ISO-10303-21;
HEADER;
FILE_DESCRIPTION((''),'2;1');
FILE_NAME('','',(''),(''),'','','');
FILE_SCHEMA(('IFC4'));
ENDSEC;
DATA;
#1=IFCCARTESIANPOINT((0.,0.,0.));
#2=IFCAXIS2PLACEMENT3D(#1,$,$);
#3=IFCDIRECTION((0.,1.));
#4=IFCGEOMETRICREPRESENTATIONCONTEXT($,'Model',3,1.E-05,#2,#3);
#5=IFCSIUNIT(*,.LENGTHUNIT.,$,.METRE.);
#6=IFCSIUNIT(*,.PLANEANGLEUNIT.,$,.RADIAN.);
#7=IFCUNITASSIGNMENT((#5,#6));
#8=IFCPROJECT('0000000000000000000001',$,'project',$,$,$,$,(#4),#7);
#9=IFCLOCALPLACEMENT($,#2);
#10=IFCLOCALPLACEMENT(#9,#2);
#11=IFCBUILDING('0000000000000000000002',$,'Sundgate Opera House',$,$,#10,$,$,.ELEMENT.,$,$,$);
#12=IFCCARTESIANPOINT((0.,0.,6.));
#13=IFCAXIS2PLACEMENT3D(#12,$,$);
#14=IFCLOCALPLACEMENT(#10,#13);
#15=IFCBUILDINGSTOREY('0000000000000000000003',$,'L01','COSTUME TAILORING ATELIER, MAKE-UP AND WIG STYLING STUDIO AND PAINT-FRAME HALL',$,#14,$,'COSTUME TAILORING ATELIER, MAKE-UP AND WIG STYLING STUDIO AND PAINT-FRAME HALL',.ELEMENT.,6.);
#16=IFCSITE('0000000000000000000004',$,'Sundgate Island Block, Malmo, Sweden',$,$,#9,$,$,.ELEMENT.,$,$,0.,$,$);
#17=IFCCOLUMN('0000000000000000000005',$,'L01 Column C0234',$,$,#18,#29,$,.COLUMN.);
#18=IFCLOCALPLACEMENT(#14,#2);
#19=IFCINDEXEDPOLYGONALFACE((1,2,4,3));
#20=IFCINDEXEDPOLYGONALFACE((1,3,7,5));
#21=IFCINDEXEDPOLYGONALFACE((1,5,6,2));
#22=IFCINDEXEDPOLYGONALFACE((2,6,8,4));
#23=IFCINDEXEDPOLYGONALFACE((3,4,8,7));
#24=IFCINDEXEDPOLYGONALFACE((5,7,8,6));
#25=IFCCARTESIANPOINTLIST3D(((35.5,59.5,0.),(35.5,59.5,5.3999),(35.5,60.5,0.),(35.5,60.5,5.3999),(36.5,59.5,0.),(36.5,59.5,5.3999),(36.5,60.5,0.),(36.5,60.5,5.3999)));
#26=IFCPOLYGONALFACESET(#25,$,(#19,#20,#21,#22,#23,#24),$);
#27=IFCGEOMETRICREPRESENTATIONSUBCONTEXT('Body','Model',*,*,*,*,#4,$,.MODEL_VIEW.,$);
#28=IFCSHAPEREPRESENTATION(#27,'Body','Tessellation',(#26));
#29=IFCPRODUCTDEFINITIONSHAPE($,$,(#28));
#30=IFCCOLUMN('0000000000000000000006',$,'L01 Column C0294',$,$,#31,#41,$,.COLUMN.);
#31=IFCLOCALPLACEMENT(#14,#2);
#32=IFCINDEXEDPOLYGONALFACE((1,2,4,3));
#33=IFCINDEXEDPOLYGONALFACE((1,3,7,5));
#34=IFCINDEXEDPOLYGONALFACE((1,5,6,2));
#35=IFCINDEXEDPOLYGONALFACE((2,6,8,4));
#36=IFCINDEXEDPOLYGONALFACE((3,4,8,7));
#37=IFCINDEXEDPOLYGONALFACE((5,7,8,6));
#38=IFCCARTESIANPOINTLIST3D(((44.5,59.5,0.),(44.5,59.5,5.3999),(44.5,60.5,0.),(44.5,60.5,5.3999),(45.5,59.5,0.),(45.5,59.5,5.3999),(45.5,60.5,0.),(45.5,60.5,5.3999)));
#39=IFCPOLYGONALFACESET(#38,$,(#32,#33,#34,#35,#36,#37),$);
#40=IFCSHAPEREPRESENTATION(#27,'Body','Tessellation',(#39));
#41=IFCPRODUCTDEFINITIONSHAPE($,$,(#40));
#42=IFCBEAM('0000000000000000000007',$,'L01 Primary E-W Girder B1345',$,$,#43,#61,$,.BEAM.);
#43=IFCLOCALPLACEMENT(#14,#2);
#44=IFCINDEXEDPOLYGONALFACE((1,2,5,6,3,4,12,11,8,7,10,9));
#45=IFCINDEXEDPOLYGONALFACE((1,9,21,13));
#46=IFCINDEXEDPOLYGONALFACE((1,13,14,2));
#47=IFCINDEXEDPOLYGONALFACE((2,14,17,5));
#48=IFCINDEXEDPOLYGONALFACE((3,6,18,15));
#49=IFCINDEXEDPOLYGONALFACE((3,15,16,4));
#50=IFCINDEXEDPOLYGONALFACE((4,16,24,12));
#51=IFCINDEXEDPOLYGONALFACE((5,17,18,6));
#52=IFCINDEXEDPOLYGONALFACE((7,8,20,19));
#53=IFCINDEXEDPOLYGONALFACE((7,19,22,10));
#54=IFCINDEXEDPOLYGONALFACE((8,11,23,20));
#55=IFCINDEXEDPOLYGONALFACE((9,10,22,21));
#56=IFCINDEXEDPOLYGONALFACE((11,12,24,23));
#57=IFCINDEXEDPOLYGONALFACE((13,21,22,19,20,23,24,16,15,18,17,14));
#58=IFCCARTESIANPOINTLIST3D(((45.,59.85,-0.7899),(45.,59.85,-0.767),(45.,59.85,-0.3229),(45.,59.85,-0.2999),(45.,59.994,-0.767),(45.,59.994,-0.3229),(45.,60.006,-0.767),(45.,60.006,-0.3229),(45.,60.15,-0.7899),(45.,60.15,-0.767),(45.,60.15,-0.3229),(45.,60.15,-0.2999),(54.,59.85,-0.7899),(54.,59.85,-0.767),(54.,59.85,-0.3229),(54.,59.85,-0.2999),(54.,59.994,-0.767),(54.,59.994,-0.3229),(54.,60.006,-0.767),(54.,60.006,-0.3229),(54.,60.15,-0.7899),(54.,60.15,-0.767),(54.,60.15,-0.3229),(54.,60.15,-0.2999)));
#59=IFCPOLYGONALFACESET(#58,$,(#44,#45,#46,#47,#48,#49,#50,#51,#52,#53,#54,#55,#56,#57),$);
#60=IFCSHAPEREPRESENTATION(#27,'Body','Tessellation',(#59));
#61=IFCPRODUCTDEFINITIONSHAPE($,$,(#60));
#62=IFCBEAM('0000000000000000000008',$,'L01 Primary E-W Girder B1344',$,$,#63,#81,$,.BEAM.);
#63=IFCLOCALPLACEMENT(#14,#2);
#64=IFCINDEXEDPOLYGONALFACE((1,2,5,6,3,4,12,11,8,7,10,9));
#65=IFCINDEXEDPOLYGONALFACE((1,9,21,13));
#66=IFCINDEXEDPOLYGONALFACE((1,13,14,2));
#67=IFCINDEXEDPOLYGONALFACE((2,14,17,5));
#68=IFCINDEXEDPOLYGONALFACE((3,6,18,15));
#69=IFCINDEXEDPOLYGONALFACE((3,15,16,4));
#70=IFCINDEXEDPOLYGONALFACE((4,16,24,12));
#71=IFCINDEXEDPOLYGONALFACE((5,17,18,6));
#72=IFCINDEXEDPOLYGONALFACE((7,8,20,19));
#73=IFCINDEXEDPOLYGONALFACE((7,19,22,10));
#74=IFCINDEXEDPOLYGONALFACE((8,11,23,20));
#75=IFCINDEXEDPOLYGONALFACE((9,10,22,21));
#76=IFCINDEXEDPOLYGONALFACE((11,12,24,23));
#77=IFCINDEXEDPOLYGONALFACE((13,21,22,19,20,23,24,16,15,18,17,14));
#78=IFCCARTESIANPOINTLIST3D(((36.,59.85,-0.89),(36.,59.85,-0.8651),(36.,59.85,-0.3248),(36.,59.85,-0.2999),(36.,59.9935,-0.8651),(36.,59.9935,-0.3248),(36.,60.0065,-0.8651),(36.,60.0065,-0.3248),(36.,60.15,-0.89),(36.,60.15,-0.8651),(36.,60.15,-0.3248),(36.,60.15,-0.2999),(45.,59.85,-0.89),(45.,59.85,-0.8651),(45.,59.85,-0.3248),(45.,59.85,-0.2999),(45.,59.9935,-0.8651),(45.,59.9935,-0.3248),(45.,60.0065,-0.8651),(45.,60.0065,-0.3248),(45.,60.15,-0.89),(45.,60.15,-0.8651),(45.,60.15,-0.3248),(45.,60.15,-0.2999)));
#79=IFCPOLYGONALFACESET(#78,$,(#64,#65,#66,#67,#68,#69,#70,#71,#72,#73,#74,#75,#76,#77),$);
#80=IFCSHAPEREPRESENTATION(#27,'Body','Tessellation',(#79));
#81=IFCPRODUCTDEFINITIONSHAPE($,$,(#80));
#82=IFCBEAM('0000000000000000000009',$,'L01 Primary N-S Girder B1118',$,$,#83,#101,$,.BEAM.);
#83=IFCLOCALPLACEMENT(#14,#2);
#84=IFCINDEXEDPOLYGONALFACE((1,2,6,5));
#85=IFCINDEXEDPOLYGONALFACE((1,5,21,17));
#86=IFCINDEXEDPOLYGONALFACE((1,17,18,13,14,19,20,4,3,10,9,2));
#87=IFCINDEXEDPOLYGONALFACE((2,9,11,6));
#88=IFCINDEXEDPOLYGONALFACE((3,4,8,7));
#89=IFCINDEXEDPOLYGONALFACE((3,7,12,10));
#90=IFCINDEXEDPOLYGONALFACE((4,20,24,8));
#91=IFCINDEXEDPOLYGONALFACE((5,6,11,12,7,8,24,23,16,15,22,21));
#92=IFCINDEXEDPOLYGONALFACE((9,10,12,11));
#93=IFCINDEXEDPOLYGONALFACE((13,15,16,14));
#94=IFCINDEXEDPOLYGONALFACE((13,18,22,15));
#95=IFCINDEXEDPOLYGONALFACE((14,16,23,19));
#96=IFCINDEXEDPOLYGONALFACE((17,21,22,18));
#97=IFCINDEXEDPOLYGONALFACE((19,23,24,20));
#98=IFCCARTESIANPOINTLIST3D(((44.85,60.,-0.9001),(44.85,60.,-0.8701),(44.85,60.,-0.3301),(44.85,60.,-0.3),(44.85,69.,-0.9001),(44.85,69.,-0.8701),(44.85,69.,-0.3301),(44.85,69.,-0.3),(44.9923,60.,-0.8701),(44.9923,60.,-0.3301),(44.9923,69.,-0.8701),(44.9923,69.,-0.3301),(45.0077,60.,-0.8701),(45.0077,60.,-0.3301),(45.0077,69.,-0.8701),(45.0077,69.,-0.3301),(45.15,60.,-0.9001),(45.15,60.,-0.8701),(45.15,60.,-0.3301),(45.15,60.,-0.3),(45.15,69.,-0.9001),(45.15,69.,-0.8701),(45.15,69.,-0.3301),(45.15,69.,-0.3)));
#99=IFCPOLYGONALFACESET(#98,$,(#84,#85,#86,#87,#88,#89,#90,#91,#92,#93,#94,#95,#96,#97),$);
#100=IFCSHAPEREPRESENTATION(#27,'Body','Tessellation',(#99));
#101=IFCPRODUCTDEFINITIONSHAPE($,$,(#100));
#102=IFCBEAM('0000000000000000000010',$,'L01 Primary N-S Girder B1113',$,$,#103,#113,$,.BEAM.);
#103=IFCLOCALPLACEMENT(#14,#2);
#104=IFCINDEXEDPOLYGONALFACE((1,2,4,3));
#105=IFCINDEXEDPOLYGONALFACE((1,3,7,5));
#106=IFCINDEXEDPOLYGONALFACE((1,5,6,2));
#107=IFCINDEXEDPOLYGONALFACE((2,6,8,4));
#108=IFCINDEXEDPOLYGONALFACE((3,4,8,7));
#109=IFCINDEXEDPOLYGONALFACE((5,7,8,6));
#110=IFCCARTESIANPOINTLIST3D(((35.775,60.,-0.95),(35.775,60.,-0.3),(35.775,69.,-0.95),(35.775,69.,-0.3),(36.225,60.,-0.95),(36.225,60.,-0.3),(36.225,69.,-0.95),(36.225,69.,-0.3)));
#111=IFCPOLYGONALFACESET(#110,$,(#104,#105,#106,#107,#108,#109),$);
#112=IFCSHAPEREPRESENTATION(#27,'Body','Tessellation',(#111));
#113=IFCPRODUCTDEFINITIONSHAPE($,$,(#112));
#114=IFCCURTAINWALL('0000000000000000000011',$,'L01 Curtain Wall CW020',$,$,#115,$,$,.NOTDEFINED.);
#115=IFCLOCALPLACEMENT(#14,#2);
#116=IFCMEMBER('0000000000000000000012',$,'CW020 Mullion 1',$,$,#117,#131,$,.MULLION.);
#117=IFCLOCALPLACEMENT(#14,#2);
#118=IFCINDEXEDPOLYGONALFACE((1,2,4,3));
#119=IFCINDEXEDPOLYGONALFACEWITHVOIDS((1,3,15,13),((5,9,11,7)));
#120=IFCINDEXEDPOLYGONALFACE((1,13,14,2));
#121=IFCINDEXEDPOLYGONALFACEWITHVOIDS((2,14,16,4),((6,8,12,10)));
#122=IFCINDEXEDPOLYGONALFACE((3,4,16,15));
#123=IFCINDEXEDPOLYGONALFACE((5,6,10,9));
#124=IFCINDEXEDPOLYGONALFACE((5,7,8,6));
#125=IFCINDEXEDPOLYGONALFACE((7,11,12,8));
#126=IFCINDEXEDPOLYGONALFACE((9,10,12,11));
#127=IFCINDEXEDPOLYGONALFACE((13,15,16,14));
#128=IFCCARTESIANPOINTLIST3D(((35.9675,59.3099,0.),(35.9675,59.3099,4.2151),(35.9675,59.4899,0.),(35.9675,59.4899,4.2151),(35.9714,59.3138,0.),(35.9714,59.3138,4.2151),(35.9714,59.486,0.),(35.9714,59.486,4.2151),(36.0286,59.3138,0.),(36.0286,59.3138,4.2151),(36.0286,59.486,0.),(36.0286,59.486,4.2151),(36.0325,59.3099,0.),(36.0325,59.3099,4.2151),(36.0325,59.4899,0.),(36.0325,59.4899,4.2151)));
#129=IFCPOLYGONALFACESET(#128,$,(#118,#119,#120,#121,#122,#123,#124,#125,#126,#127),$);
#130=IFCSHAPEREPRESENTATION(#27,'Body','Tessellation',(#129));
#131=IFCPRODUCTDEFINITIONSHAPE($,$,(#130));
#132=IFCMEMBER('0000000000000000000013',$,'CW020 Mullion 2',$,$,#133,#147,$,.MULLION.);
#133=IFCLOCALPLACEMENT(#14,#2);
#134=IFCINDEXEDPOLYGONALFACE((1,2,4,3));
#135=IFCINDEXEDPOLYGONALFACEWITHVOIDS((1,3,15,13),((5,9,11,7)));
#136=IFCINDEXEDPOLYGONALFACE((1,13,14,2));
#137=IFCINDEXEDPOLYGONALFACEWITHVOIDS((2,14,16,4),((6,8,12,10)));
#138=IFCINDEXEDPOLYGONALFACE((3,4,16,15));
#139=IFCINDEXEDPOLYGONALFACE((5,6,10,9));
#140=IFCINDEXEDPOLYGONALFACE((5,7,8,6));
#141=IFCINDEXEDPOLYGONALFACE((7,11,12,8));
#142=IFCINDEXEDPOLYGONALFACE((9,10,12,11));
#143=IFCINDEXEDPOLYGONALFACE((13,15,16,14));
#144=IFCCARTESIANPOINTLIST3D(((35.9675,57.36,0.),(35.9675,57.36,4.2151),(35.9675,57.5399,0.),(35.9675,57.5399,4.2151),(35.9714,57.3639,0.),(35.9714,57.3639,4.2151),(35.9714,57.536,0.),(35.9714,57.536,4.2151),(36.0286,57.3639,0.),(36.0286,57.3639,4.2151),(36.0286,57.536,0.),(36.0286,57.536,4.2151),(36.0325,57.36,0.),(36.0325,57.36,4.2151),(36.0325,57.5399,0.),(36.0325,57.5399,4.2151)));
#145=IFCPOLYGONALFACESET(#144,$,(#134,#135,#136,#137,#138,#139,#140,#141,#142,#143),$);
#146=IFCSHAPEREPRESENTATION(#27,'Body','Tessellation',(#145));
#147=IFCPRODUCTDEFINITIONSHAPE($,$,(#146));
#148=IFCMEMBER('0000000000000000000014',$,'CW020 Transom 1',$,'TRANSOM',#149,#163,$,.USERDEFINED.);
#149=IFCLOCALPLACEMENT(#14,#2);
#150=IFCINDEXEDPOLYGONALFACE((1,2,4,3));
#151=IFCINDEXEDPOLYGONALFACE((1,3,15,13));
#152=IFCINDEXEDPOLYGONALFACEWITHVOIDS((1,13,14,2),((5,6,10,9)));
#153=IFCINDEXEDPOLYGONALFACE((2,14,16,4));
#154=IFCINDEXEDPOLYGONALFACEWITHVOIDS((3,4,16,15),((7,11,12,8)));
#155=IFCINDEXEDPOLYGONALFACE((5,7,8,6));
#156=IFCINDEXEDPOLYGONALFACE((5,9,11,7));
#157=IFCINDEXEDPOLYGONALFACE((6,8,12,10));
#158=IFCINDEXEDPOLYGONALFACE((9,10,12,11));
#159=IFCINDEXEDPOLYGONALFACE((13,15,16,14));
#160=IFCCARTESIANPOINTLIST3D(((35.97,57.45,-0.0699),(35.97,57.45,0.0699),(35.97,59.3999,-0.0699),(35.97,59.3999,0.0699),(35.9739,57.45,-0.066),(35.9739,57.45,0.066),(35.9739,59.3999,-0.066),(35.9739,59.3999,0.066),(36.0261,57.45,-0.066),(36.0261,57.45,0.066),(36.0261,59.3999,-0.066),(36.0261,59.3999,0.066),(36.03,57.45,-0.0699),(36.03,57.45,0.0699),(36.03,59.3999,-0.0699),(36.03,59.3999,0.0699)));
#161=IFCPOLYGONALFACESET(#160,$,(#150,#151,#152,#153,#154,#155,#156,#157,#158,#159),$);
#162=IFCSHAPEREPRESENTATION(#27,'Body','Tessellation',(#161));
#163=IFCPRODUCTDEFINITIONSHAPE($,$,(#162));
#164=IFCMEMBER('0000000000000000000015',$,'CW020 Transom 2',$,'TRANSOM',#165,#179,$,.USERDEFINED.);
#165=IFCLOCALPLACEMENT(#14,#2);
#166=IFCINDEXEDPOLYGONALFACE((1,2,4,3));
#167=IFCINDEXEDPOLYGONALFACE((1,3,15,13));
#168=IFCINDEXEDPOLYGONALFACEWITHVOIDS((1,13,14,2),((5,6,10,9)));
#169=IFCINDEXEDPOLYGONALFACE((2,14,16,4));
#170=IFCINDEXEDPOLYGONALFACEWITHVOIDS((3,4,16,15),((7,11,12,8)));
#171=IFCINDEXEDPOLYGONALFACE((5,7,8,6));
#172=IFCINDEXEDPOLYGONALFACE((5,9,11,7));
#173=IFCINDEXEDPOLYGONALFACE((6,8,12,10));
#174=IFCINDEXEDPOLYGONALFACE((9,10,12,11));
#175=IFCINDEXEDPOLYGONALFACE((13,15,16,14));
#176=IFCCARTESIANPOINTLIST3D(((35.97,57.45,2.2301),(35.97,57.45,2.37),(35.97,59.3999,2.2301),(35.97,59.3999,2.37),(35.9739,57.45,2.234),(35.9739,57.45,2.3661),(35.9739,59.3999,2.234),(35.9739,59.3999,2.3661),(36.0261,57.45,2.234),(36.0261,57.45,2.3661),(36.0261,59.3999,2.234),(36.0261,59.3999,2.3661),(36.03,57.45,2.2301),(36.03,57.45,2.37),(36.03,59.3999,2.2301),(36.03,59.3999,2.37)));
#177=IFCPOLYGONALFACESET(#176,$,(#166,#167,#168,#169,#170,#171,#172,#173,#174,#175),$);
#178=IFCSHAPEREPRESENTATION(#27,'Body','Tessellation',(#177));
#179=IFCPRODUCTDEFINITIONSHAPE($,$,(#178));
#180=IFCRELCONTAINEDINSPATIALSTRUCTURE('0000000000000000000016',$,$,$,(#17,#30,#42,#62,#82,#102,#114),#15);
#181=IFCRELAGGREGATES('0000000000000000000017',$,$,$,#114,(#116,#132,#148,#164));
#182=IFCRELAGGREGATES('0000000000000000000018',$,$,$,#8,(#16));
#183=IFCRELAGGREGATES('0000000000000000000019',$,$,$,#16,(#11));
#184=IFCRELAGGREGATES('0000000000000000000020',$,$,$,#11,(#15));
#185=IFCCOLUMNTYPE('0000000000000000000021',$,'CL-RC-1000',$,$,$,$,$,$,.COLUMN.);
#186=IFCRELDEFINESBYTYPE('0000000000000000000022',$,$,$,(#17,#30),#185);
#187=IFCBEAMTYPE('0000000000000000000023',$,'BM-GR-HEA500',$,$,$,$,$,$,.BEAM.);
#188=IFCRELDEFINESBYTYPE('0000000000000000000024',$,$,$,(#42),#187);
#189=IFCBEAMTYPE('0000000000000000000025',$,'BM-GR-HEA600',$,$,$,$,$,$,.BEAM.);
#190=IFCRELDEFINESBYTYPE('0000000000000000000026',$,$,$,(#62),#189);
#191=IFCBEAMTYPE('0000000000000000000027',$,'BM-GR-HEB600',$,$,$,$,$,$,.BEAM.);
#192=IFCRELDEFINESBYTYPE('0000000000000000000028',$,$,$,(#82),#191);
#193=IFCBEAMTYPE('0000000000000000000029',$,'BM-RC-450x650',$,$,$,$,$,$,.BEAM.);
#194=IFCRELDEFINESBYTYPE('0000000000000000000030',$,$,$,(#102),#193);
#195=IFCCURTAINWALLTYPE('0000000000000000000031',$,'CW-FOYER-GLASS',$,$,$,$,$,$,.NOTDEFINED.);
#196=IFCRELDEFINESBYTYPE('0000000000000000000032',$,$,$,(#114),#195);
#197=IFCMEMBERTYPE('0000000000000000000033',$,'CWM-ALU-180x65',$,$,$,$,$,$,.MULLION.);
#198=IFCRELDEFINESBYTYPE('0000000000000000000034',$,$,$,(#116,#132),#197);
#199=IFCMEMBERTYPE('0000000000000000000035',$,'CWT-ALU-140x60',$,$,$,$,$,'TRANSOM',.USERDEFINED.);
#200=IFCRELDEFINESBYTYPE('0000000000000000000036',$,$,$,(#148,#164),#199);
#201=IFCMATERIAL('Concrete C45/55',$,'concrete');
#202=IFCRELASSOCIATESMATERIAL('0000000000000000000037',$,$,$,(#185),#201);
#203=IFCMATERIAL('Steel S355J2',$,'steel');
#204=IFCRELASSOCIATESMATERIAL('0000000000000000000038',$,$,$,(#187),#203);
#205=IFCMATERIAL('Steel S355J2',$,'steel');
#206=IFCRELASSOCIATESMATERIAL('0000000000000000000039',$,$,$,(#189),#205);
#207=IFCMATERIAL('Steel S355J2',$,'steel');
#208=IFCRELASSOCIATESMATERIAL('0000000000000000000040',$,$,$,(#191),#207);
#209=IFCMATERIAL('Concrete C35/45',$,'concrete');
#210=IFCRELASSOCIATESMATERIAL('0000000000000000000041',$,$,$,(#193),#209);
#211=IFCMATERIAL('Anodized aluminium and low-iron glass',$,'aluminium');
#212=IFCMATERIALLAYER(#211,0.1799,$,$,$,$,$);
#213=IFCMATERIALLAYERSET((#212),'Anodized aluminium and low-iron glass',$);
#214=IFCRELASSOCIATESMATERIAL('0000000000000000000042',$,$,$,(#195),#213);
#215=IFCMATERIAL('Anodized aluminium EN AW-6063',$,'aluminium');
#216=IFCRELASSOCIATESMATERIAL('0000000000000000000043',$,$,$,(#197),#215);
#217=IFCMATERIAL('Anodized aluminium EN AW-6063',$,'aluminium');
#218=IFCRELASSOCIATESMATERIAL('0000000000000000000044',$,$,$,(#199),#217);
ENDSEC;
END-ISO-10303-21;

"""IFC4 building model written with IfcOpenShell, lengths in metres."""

from ifc_helpers import new_model, si_unit, direction, frame, origin, origin_2d, place, context, subcontext, project, spatial, rectangle, hollow_rectangle, i_section, extrude, material, layer, layer_set, material_profile, profile_set, type_object, element, aggregate, save


model = new_model("IFC4")

# Units and contexts
model_context = context("Model", 3, precision=1e-05, world=origin(), true_north=direction((0.0, 1.0)))
body_context = subcontext(model_context, "Body", "Model", "MODEL_VIEW")
ifc_project = project(units=[si_unit("LENGTHUNIT", "METRE"), si_unit("PLANEANGLEUNIT", "RADIAN")], contexts=[model_context])

# Site, building, storey
site_placement = place(None, origin())
site = spatial("IfcSite", under=ifc_project, at=site_placement, Name="Sundgate Island Block, Malmo, Sweden", CompositionType="ELEMENT", RefElevation=0.0)
building_placement = place(site_placement, origin())
building = spatial("IfcBuilding", under=site, at=building_placement, Name="Sundgate Opera House", CompositionType="ELEMENT")
storey_placement = place(building_placement, frame((0.0, 0.0, 6.0)))
storey = spatial("IfcBuildingStorey", under=building, at=storey_placement, Name="L01", Description="COSTUME TAILORING ATELIER, MAKE-UP AND WIG STYLING STUDIO AND PAINT-FRAME HALL", LongName="COSTUME TAILORING ATELIER, MAKE-UP AND WIG STYLING STUDIO AND PAINT-FRAME HALL", CompositionType="ELEMENT", Elevation=6.0)

# Columns
ifc_material_1 = material(Name="Concrete C45/55", Category="concrete")
ifc_material_profile_1 = material_profile(ifc_material_1, rectangle(XDim=1.0, YDim=1.0, at=origin_2d()), Name="RC 1000x1000")
ifc_profile_set_1 = profile_set([ifc_material_profile_1], Name="Concrete C45/55")
column_type = type_object("IfcColumnType", Name="CL-RC-1000", PredefinedType="COLUMN", material=ifc_profile_set_1)
for number, where, z_axis, x_axis, name in (
    (1, (36.0, 60.0, 0.0), (0.0, 0.0, 1.0), (1.0, 0.0, 0.0), "L01 Column C0234"),
    (2, (45.0, 60.0, 0.0), (0.0, 0.0, 1.0), (1.0, 0.0, 0.0), "L01 Column C0294"),
):
    element("IfcColumn", number, at=place(storey_placement, frame(where, z_axis=z_axis, x_axis=x_axis)), inside=storey, type_object=column_type, Name=name, PredefinedType="COLUMN", context=body_context, shape_type="SweptSolid", body=[
        extrude(rectangle(XDim=1.0, YDim=1.0, at=origin_2d()), origin(), (0.0, 0.0, 1.0), 5.3999),
    ])

# Beams
ifc_material_2 = material(Name="Steel S355J2", Category="steel")
ifc_material_profile_2 = material_profile(ifc_material_2, i_section(OverallWidth=0.3, OverallDepth=0.49, WebThickness=0.012, FlangeThickness=0.0229, at=origin_2d()), Name="HEA 500")
ifc_profile_set_2 = profile_set([ifc_material_profile_2], Name="Steel S355J2")
beam_type_1 = type_object("IfcBeamType", Name="BM-GR-HEA500", PredefinedType="BEAM", material=ifc_profile_set_2)
beam_1_placement = place(storey_placement, frame((45.0, 60.0, -0.5449), z_axis=(1.0, 0.0, 0.0), x_axis=(0.0, 1.0, 0.0)))
element("IfcBeam", 3, at=beam_1_placement, inside=storey, type_object=beam_type_1, Name="L01 Primary E-W Girder B1345", PredefinedType="BEAM", context=body_context, shape_type="SweptSolid", body=[
    extrude(i_section(OverallWidth=0.3, OverallDepth=0.49, WebThickness=0.012, FlangeThickness=0.0229, at=origin_2d()), origin(), (0.0, 0.0, 1.0), 9.0),
])
ifc_material_3 = material(Name="Steel S355J2", Category="steel")
ifc_material_profile_3 = material_profile(ifc_material_3, i_section(OverallWidth=0.3, OverallDepth=0.5901, WebThickness=0.0129, FlangeThickness=0.0249, at=origin_2d()), Name="HEA 600")
ifc_profile_set_3 = profile_set([ifc_material_profile_3], Name="Steel S355J2")
beam_type_2 = type_object("IfcBeamType", Name="BM-GR-HEA600", PredefinedType="BEAM", material=ifc_profile_set_3)
beam_2_placement = place(storey_placement, frame((36.0, 60.0, -0.595), z_axis=(1.0, 0.0, 0.0), x_axis=(0.0, 1.0, 0.0)))
element("IfcBeam", 4, at=beam_2_placement, inside=storey, type_object=beam_type_2, Name="L01 Primary E-W Girder B1344", PredefinedType="BEAM", context=body_context, shape_type="SweptSolid", body=[
    extrude(i_section(OverallWidth=0.3, OverallDepth=0.5901, WebThickness=0.0129, FlangeThickness=0.0249, at=origin_2d()), origin(), (0.0, 0.0, 1.0), 9.0),
])
ifc_material_4 = material(Name="Steel S355J2", Category="steel")
ifc_material_profile_4 = material_profile(ifc_material_4, i_section(OverallWidth=0.3, OverallDepth=0.6001, WebThickness=0.0154, FlangeThickness=0.03, at=origin_2d()), Name="HEB 600")
ifc_profile_set_4 = profile_set([ifc_material_profile_4], Name="Steel S355J2")
beam_type_3 = type_object("IfcBeamType", Name="BM-GR-HEB600", PredefinedType="BEAM", material=ifc_profile_set_4)
beam_3_placement = place(storey_placement, frame((45.0, 60.0, -0.6001), z_axis=(0.0, 1.0, 0.0), x_axis=(-1.0, 0.0, 0.0)))
element("IfcBeam", 5, at=beam_3_placement, inside=storey, type_object=beam_type_3, Name="L01 Primary N-S Girder B1118", PredefinedType="BEAM", context=body_context, shape_type="SweptSolid", body=[
    extrude(i_section(OverallWidth=0.3, OverallDepth=0.6001, WebThickness=0.0154, FlangeThickness=0.03, at=origin_2d()), origin(), (0.0, 0.0, 1.0), 9.0),
])
ifc_material_5 = material(Name="Concrete C35/45", Category="concrete")
ifc_material_profile_5 = material_profile(ifc_material_5, rectangle(XDim=0.45, YDim=0.6499, at=origin_2d()), Name="RC 450x650")
ifc_profile_set_5 = profile_set([ifc_material_profile_5], Name="Concrete C35/45")
beam_type_4 = type_object("IfcBeamType", Name="BM-RC-450x650", PredefinedType="BEAM", material=ifc_profile_set_5)
beam_4_placement = place(storey_placement, frame((36.0, 60.0, -0.625), z_axis=(0.0, 1.0, 0.0), x_axis=(-1.0, 0.0, 0.0)))
element("IfcBeam", 6, at=beam_4_placement, inside=storey, type_object=beam_type_4, Name="L01 Primary N-S Girder B1113", PredefinedType="BEAM", context=body_context, shape_type="SweptSolid", body=[
    extrude(rectangle(XDim=0.45, YDim=0.6499, at=origin_2d()), origin(), (0.0, 0.0, 1.0), 9.0),
])

# Curtain wall, members
ifc_material_6 = material(Name="Anodized aluminium and low-iron glass", Category="aluminium")
ifc_layer_1 = layer(ifc_material_6, 0.1799)
ifc_layer_set_1 = layer_set([ifc_layer_1], Name="Anodized aluminium and low-iron glass")
curtain_wall_type = type_object("IfcCurtainWallType", Name="CW-FOYER-GLASS", PredefinedType="NOTDEFINED", material=ifc_layer_set_1)
curtain_wall_placement = place(storey_placement, origin())
curtain_wall = element("IfcCurtainWall", 7, at=curtain_wall_placement, inside=storey, type_object=curtain_wall_type, Name="L01 Curtain Wall CW020", PredefinedType="NOTDEFINED")
ifc_material_7 = material(Name="Anodized aluminium EN AW-6063", Category="aluminium")
ifc_material_profile_6 = material_profile(ifc_material_7, hollow_rectangle(XDim=0.0649, YDim=0.1799, WallThickness=0.0039, at=origin_2d()), Name="CWM 180x65x4")
ifc_profile_set_6 = profile_set([ifc_material_profile_6], Name="Anodized aluminium EN AW-6063")
member_type_1 = type_object("IfcMemberType", Name="CWM-ALU-180x65", PredefinedType="MULLION", material=ifc_profile_set_6)
member_1_placement = place(storey_placement, frame((36.0, 59.3999, 0.0), z_axis=(0.0, 0.0, 1.0), x_axis=(1.0, 0.0, 0.0)))
member_1 = element("IfcMember", 8, at=member_1_placement, type_object=member_type_1, Name="CW020 Mullion 1", PredefinedType="MULLION", context=body_context, shape_type="SweptSolid", body=[
    extrude(hollow_rectangle(XDim=0.0649, YDim=0.1799, WallThickness=0.0039, at=origin_2d()), origin(), (0.0, 0.0, 1.0), 4.2151),
])
member_2_placement = place(storey_placement, frame((36.0, 57.45, 0.0), z_axis=(0.0, 0.0, 1.0), x_axis=(1.0, 0.0, 0.0)))
member_2 = element("IfcMember", 9, at=member_2_placement, type_object=member_type_1, Name="CW020 Mullion 2", PredefinedType="MULLION", context=body_context, shape_type="SweptSolid", body=[
    extrude(hollow_rectangle(XDim=0.0649, YDim=0.1799, WallThickness=0.0039, at=origin_2d()), origin(), (0.0, 0.0, 1.0), 4.2151),
])
ifc_material_8 = material(Name="Anodized aluminium EN AW-6063", Category="aluminium")
ifc_material_profile_7 = material_profile(ifc_material_8, hollow_rectangle(XDim=0.0601, YDim=0.1399, WallThickness=0.0039, at=origin_2d()), Name="CWT 140x60x4")
ifc_profile_set_7 = profile_set([ifc_material_profile_7], Name="Anodized aluminium EN AW-6063")
member_type_2 = type_object("IfcMemberType", Name="CWT-ALU-140x60", ElementType="TRANSOM", PredefinedType="USERDEFINED", material=ifc_profile_set_7)
member_3_placement = place(storey_placement, frame((36.0, 59.3999, 0.0), z_axis=(0.0, -1.0, 0.0), x_axis=(1.0, 0.0, 0.0)))
member_3 = element("IfcMember", 10, at=member_3_placement, type_object=member_type_2, Name="CW020 Transom 1", ObjectType="TRANSOM", PredefinedType="USERDEFINED", context=body_context, shape_type="SweptSolid", body=[
    extrude(hollow_rectangle(XDim=0.0601, YDim=0.1399, WallThickness=0.0039, at=origin_2d()), origin(), (0.0, 0.0, 1.0), 1.95),
])
member_4_placement = place(storey_placement, frame((36.0, 59.3999, 2.3), z_axis=(0.0, -1.0, 0.0), x_axis=(1.0, 0.0, 0.0)))
member_4 = element("IfcMember", 11, at=member_4_placement, type_object=member_type_2, Name="CW020 Transom 2", ObjectType="TRANSOM", PredefinedType="USERDEFINED", context=body_context, shape_type="SweptSolid", body=[
    extrude(hollow_rectangle(XDim=0.0601, YDim=0.1399, WallThickness=0.0039, at=origin_2d()), origin(), (0.0, 0.0, 1.0), 1.95),
])
aggregate(curtain_wall, [member_1, member_2, member_3, member_4])

save(model, "model.ifc")
